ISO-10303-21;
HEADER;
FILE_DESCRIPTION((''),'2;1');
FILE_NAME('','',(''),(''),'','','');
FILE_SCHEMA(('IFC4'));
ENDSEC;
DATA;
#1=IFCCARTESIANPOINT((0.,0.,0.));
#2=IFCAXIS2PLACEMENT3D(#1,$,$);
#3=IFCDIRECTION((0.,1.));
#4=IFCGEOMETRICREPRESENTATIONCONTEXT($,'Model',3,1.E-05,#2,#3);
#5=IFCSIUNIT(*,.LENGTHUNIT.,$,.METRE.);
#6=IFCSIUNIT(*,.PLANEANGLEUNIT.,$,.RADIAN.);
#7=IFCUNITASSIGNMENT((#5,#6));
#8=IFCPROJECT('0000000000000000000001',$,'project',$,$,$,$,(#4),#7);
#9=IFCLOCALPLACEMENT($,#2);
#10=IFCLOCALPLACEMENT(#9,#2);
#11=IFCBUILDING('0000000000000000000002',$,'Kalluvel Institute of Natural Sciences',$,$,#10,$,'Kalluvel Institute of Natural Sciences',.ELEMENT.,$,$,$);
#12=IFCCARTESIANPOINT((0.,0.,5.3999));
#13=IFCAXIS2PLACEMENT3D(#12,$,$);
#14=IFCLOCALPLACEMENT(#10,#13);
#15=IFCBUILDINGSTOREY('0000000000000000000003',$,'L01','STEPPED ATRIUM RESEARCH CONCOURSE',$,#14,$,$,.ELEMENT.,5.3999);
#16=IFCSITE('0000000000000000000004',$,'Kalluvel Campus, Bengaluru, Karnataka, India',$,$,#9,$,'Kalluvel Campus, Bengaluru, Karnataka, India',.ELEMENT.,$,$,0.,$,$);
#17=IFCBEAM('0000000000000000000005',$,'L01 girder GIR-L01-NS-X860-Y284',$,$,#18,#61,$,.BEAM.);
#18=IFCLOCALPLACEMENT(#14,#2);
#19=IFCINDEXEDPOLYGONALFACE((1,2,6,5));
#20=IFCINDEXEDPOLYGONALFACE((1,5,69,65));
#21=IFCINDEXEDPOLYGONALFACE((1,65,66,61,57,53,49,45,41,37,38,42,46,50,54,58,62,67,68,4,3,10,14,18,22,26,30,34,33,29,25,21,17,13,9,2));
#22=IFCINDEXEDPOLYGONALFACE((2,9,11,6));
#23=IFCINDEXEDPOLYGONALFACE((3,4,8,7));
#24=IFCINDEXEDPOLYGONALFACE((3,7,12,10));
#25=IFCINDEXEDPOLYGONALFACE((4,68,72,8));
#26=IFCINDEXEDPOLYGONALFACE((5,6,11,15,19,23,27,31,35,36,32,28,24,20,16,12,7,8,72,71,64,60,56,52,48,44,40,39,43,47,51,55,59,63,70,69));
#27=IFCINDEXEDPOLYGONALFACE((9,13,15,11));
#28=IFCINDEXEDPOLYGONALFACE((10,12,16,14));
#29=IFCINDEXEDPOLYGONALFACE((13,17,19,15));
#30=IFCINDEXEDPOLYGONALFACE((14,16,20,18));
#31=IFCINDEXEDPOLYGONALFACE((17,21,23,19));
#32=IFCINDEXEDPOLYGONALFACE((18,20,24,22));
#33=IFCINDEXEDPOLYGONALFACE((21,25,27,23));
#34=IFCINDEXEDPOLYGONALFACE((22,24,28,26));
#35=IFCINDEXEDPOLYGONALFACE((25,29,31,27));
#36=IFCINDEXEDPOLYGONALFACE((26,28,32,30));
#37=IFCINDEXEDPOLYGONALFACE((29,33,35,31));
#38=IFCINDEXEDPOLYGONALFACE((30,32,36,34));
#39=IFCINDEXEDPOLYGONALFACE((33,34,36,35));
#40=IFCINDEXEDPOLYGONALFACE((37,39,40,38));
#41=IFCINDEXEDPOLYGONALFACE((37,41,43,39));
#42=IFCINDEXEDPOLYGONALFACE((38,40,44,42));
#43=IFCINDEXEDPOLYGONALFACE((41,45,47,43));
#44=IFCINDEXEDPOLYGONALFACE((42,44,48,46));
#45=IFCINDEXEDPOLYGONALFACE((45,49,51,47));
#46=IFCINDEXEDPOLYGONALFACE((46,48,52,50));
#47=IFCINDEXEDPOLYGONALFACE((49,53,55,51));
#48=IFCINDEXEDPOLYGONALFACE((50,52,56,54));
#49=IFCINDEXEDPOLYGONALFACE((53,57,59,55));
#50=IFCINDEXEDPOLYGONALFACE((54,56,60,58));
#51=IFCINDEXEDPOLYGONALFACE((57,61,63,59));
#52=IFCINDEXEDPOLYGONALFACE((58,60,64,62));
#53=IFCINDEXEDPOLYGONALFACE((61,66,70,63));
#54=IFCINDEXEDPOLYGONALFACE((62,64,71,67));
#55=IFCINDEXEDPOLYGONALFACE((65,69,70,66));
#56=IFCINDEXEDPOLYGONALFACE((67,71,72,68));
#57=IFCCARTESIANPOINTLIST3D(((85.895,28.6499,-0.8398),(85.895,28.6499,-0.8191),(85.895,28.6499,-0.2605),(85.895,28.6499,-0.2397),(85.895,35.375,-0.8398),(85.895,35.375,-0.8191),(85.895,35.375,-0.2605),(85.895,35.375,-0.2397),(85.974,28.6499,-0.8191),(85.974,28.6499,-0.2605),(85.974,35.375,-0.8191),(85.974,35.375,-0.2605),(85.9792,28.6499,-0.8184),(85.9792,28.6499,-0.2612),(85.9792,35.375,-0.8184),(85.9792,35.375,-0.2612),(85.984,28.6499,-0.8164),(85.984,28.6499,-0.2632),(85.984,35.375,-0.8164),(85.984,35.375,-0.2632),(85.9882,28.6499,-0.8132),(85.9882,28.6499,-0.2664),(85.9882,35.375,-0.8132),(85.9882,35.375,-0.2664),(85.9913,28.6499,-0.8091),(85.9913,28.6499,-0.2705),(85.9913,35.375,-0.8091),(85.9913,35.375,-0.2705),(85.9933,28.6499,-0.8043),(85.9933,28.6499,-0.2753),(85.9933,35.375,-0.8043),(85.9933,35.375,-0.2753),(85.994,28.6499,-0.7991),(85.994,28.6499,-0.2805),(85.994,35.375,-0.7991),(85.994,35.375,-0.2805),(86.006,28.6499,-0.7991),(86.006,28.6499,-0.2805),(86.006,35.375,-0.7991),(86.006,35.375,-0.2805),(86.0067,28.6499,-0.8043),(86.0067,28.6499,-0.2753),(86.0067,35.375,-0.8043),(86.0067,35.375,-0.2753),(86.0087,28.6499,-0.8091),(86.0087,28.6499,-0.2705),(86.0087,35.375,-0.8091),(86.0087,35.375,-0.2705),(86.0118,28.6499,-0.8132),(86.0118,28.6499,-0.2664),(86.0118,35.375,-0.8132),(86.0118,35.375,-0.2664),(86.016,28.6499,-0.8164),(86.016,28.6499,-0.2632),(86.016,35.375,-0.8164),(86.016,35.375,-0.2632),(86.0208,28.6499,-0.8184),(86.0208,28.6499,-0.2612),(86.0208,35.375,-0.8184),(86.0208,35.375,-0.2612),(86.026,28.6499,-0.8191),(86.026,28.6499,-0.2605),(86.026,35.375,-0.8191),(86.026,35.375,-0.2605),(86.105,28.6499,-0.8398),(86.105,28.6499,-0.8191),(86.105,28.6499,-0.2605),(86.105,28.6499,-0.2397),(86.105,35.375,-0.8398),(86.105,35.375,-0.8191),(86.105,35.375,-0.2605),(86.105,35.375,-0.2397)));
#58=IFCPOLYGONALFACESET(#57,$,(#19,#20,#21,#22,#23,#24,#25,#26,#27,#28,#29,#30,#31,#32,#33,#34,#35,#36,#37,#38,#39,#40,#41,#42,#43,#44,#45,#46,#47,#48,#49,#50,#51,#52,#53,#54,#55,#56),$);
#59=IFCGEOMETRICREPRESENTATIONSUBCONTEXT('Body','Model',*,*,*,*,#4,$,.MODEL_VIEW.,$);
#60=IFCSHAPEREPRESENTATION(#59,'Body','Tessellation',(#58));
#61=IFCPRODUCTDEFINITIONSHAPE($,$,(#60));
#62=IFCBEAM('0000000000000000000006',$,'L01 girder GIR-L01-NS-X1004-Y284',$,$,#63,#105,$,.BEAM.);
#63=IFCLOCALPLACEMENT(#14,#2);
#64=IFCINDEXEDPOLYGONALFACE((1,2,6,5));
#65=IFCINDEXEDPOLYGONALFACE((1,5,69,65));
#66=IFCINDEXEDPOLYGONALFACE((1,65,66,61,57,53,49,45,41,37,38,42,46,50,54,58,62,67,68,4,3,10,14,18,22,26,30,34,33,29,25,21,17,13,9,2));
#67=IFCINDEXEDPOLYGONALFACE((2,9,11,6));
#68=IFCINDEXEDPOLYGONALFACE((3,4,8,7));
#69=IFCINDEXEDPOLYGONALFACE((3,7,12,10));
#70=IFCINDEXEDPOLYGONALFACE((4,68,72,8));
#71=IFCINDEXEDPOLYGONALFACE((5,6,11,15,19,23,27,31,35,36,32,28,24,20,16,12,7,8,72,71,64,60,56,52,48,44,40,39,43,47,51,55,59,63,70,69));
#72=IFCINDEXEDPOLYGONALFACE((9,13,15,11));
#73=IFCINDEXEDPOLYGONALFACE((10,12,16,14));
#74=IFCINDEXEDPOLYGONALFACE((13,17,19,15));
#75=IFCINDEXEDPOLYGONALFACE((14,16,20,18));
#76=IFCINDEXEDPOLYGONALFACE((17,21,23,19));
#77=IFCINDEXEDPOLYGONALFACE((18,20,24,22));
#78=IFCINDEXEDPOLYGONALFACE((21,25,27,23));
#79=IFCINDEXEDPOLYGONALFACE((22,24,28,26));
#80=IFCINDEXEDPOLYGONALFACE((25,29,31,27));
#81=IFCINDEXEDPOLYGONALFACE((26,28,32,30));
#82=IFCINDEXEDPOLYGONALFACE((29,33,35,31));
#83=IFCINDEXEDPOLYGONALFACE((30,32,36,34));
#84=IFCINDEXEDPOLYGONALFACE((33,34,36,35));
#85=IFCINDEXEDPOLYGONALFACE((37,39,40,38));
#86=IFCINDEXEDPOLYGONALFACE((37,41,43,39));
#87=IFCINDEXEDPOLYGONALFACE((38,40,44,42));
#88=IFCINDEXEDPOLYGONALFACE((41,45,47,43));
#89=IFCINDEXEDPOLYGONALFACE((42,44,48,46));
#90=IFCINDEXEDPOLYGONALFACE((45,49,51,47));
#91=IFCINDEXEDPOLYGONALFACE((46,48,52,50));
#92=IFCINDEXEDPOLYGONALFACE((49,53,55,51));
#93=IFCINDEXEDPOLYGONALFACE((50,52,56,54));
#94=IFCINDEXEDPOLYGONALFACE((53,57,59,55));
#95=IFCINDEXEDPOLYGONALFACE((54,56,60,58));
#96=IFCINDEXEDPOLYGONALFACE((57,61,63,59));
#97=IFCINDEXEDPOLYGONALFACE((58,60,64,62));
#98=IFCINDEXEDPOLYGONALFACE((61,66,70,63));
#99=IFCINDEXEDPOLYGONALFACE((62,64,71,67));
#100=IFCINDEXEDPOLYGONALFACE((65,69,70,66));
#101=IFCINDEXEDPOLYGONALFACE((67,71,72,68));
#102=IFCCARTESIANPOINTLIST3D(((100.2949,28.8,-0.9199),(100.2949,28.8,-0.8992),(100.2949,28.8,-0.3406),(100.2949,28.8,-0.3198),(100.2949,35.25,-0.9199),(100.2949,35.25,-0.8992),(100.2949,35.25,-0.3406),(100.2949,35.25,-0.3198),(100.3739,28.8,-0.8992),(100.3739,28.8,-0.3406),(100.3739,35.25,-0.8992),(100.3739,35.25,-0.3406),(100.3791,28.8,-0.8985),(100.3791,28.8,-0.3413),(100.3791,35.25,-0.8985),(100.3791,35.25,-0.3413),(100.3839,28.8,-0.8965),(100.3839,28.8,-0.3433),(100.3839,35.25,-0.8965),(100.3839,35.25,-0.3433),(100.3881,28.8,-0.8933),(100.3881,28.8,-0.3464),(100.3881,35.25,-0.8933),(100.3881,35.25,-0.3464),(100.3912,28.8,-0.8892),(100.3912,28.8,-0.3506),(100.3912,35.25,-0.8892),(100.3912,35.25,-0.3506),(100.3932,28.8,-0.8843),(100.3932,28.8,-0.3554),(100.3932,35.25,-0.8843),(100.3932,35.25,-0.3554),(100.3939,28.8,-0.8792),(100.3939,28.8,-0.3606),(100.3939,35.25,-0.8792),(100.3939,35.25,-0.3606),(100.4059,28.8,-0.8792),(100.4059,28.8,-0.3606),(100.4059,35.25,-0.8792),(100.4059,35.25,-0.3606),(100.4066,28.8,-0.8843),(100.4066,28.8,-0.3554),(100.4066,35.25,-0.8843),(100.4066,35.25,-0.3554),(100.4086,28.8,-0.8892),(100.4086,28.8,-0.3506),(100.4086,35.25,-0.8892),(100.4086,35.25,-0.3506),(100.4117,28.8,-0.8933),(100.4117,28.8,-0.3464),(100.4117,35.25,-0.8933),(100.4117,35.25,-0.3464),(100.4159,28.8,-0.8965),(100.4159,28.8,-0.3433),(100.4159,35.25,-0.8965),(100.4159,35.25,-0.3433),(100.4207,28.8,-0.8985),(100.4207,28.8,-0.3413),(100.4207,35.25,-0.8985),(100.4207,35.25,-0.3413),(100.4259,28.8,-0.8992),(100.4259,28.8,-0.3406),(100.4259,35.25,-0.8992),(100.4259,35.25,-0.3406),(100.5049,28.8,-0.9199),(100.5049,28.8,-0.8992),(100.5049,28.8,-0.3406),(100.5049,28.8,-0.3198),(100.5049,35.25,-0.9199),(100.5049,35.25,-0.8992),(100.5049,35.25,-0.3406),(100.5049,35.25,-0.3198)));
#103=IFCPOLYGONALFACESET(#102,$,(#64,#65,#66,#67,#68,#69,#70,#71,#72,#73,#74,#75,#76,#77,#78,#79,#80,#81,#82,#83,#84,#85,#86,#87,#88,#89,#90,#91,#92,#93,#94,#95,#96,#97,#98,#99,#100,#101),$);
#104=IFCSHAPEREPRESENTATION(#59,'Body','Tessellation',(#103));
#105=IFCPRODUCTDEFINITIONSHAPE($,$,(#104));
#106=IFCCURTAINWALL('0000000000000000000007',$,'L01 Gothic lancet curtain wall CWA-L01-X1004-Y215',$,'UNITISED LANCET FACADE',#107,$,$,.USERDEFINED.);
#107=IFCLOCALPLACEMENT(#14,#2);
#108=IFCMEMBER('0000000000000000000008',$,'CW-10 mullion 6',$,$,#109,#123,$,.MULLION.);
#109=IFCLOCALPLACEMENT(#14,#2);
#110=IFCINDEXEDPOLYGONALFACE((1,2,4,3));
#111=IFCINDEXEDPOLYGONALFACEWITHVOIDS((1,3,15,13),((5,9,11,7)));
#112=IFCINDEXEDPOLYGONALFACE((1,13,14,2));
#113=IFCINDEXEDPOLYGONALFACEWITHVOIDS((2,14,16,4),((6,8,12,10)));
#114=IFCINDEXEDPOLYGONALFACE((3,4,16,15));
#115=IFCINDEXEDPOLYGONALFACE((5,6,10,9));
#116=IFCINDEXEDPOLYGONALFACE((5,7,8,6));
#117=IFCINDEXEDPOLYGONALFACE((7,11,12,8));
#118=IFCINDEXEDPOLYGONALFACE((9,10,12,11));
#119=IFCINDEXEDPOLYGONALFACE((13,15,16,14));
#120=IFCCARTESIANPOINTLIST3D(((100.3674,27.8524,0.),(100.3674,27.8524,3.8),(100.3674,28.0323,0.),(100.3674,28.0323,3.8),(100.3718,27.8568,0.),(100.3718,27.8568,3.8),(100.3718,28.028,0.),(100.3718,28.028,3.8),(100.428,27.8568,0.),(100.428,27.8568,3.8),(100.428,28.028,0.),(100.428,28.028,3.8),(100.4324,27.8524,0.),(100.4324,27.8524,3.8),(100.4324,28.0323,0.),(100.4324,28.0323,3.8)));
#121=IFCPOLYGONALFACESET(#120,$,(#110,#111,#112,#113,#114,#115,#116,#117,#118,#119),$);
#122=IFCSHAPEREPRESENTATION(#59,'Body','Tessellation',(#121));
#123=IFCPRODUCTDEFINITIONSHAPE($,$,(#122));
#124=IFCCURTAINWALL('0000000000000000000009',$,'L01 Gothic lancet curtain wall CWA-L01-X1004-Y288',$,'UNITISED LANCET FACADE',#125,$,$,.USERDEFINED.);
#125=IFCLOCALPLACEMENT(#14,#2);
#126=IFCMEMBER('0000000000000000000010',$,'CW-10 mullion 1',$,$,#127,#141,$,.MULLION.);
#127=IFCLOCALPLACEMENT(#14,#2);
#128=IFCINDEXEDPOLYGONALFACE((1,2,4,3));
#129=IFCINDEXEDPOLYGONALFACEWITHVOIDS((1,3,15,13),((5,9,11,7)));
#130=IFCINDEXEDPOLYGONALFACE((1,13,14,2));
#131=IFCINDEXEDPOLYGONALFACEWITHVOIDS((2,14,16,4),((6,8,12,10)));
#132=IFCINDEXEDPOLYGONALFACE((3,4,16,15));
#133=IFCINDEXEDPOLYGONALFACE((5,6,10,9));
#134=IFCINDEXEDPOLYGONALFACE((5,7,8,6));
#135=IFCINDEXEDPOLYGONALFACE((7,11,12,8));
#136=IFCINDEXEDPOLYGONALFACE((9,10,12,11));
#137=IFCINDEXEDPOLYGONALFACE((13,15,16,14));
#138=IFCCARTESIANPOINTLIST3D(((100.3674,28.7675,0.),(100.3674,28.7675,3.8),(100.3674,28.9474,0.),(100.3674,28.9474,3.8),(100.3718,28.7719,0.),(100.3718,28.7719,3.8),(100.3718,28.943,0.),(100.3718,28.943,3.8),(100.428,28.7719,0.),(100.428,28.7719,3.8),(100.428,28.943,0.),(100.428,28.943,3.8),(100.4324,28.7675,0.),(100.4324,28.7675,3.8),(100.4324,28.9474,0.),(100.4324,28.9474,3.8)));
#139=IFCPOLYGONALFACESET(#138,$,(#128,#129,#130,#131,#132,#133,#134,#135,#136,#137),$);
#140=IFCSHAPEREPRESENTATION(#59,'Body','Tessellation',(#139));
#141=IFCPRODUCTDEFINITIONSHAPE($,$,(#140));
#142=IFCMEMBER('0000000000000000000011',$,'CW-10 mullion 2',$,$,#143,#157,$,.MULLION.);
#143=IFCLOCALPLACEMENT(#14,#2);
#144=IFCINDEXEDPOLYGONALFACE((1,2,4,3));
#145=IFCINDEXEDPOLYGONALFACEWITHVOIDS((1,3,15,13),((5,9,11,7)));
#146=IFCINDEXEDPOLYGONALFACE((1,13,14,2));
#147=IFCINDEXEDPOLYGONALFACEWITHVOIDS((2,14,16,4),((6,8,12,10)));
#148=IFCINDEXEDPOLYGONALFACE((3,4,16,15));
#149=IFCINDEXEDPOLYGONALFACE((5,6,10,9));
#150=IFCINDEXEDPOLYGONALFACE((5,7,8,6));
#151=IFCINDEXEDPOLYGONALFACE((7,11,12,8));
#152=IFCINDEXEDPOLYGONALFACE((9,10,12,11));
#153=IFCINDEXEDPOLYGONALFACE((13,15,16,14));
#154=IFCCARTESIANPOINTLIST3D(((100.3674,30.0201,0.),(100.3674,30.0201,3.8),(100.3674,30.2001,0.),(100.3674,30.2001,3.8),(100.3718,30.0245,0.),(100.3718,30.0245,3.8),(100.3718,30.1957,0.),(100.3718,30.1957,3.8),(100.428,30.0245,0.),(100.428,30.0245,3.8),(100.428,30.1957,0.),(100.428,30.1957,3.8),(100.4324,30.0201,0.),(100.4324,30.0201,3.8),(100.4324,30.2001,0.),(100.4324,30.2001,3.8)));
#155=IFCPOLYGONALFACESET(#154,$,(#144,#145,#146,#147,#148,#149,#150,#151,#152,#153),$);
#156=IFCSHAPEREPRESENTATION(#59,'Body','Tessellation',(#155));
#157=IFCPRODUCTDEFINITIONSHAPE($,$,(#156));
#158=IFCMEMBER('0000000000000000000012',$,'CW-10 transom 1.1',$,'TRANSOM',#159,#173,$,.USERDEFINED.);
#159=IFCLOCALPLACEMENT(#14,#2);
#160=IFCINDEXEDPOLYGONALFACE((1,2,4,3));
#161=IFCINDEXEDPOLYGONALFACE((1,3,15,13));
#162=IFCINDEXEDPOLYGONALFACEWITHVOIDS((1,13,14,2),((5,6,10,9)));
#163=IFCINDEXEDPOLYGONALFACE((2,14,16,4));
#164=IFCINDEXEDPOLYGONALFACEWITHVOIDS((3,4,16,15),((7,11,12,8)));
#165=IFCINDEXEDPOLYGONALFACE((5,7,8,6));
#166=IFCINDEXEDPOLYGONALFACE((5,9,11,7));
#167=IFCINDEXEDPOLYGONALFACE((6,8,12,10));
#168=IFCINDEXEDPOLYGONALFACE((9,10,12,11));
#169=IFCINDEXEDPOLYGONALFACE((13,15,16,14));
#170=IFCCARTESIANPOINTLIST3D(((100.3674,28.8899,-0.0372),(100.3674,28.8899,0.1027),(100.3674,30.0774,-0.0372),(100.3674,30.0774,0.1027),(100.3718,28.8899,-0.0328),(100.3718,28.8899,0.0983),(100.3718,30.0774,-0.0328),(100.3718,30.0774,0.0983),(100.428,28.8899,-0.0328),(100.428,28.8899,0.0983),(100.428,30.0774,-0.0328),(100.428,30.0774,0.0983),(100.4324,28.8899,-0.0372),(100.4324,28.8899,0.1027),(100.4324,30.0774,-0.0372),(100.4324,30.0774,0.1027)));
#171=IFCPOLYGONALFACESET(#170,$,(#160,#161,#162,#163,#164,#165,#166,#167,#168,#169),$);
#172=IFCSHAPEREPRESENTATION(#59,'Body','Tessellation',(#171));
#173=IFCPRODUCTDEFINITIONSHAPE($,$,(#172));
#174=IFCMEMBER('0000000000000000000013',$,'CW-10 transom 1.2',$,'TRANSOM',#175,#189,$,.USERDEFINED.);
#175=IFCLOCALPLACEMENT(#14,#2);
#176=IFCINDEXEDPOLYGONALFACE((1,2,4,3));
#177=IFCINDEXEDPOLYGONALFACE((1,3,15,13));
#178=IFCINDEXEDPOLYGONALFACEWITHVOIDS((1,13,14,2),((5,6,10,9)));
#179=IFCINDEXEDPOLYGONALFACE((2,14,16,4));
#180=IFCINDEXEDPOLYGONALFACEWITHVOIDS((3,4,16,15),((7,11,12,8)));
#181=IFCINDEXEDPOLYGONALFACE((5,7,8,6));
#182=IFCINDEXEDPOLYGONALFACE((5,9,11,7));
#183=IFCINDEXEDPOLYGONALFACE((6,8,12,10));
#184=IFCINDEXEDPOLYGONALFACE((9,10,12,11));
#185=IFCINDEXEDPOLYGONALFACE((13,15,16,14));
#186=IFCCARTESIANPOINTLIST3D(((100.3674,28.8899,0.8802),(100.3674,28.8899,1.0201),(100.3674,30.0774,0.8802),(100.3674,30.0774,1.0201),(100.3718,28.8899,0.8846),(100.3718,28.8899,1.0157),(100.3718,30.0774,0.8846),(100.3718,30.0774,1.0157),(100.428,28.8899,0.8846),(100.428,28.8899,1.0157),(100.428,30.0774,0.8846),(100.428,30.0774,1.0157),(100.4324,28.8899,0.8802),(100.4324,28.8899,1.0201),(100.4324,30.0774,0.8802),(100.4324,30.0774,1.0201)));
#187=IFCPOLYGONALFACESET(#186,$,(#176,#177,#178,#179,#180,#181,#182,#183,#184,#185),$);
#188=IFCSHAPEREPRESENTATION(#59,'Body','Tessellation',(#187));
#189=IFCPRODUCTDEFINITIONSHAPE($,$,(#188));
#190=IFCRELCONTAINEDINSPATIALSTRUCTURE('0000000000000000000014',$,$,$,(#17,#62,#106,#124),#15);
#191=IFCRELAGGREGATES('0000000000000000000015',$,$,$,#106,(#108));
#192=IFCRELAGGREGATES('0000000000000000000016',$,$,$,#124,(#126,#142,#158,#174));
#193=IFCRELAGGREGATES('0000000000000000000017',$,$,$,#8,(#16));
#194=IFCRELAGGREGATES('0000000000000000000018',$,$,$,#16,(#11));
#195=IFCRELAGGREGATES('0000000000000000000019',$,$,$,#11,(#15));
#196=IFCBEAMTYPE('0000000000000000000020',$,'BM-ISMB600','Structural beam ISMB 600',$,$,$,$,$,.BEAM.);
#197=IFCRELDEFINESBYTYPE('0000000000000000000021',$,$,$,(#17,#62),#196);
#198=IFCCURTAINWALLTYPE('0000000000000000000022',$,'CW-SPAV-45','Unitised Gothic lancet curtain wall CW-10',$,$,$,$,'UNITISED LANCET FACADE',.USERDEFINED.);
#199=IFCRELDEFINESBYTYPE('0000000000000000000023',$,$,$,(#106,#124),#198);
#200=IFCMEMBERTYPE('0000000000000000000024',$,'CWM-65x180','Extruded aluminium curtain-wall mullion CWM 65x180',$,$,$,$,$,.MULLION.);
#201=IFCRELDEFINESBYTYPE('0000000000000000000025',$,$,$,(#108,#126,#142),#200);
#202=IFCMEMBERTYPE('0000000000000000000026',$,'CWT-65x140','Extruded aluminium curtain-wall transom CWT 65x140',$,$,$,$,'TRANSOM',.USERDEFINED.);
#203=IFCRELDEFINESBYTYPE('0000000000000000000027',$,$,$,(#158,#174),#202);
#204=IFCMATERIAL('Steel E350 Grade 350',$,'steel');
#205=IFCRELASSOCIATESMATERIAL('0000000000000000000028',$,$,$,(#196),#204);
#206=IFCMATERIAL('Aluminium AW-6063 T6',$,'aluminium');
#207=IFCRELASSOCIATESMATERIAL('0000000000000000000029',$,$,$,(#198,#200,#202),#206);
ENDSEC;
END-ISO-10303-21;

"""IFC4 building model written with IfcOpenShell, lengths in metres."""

from ifc_helpers import new_model, si_unit, direction, frame, origin, origin_2d, place, context, subcontext, project, spatial, hollow_rectangle, i_section, extrude, material, material_profile, profile_set, type_object, element, aggregate, save


model = new_model("IFC4")

# Units and contexts
model_context = context("Model", 3, precision=1e-05, world=origin(), true_north=direction((0.0, 1.0)))
body_context = subcontext(model_context, "Body", "Model", "MODEL_VIEW")
ifc_project = project(units=[si_unit("LENGTHUNIT", "METRE"), si_unit("PLANEANGLEUNIT", "RADIAN")], contexts=[model_context])

# Site, building, storey
site_placement = place(None, origin())
site = spatial("IfcSite", under=ifc_project, at=site_placement, Name="Kalluvel Campus, Bengaluru, Karnataka, India", LongName="Kalluvel Campus, Bengaluru, Karnataka, India", CompositionType="ELEMENT", RefElevation=0.0)
building_placement = place(site_placement, origin())
building = spatial("IfcBuilding", under=site, at=building_placement, Name="Kalluvel Institute of Natural Sciences", LongName="Kalluvel Institute of Natural Sciences", CompositionType="ELEMENT")
storey_placement = place(building_placement, frame((0.0, 0.0, 5.3999)))
storey = spatial("IfcBuildingStorey", under=building, at=storey_placement, Name="L01", Description="STEPPED ATRIUM RESEARCH CONCOURSE", CompositionType="ELEMENT", Elevation=5.3999)

# Shared definitions
ifc_material_1 = material(Name="Steel E350 Grade 350", Category="steel")

# Beams
ifc_material_profile_1 = material_profile(ifc_material_1, i_section(OverallWidth=0.21, OverallDepth=0.6001, WebThickness=0.012, FlangeThickness=0.0208, FilletRadius=0.02, at=origin_2d()), Name="ISMB 600")
ifc_profile_set_1 = profile_set([ifc_material_profile_1], Name="Steel E350 Grade 350")
beam_type_1 = type_object("IfcBeamType", Name="BM-ISMB600", Description="Structural beam ISMB 600", PredefinedType="BEAM", material=ifc_profile_set_1)
beam_1_placement = place(storey_placement, frame((86.0, 28.6499, -0.5398), z_axis=(0.0, 1.0, 0.0), x_axis=(-1.0, 0.0, 0.0)))
element("IfcBeam", 1, at=beam_1_placement, inside=storey, type_object=beam_type_1, Name="L01 girder GIR-L01-NS-X860-Y284", PredefinedType="BEAM", context=body_context, shape_type="SweptSolid", body=[
    extrude(i_section(OverallWidth=0.21, OverallDepth=0.6001, WebThickness=0.012, FlangeThickness=0.0208, FilletRadius=0.02, at=origin_2d()), origin(), (0.0, 0.0, 1.0), 6.7251),
])
beam_2_placement = place(storey_placement, frame((100.3999, 28.8, -0.6199), z_axis=(0.0, 1.0, 0.0), x_axis=(-1.0, 0.0, 0.0)))
element("IfcBeam", 2, at=beam_2_placement, inside=storey, type_object=beam_type_1, Name="L01 girder GIR-L01-NS-X1004-Y284", PredefinedType="BEAM", context=body_context, shape_type="SweptSolid", body=[
    extrude(i_section(OverallWidth=0.21, OverallDepth=0.6001, WebThickness=0.012, FlangeThickness=0.0208, FilletRadius=0.02, at=origin_2d()), origin(), (0.0, 0.0, 1.0), 6.45),
])

# Curtain wall, member
ifc_material_2 = material(Name="Aluminium AW-6063 T6", Category="aluminium")
curtain_wall_type = type_object("IfcCurtainWallType", Name="CW-SPAV-45", Description="Unitised Gothic lancet curtain wall CW-10", ElementType="UNITISED LANCET FACADE", PredefinedType="USERDEFINED", material=ifc_material_2)
curtain_wall_1_placement = place(storey_placement, origin())
curtain_wall_1 = element("IfcCurtainWall", 3, at=curtain_wall_1_placement, inside=storey, type_object=curtain_wall_type, Name="L01 Gothic lancet curtain wall CWA-L01-X1004-Y215", ObjectType="UNITISED LANCET FACADE", PredefinedType="USERDEFINED")
ifc_material_profile_2 = material_profile(ifc_material_2, hollow_rectangle(XDim=0.0649, YDim=0.1799, WallThickness=0.0044, at=origin_2d()), Name="CWM 65x180")
ifc_profile_set_2 = profile_set([ifc_material_profile_2], Name="Aluminium AW-6063 T6")
member_type_1 = type_object("IfcMemberType", Name="CWM-65x180", Description="Extruded aluminium curtain-wall mullion CWM 65x180", PredefinedType="MULLION", material=ifc_profile_set_2)
member_1_placement = place(storey_placement, frame((100.3999, 27.9424, 0.0), z_axis=(0.0, 0.0, 1.0), x_axis=(-1.0, 0.0, 0.0)))
member_1 = element("IfcMember", 4, at=member_1_placement, type_object=member_type_1, Name="CW-10 mullion 6", PredefinedType="MULLION", context=body_context, shape_type="SweptSolid", body=[
    extrude(hollow_rectangle(XDim=0.0649, YDim=0.1799, WallThickness=0.0044, at=origin_2d()), origin(), (0.0, 0.0, 1.0), 3.8),
])

# Curtain wall, members
curtain_wall_2_placement = place(storey_placement, origin())
curtain_wall_2 = element("IfcCurtainWall", 5, at=curtain_wall_2_placement, inside=storey, type_object=curtain_wall_type, Name="L01 Gothic lancet curtain wall CWA-L01-X1004-Y288", ObjectType="UNITISED LANCET FACADE", PredefinedType="USERDEFINED")
member_2_placement = place(storey_placement, frame((100.3999, 28.8574, 0.0), z_axis=(0.0, 0.0, 1.0), x_axis=(-1.0, 0.0, 0.0)))
member_2 = element("IfcMember", 6, at=member_2_placement, type_object=member_type_1, Name="CW-10 mullion 1", PredefinedType="MULLION", context=body_context, shape_type="SweptSolid", body=[
    extrude(hollow_rectangle(XDim=0.0649, YDim=0.1799, WallThickness=0.0044, at=origin_2d()), origin(), (0.0, 0.0, 1.0), 3.8),
])
member_3_placement = place(storey_placement, frame((100.3999, 30.1101, 0.0), z_axis=(0.0, 0.0, 1.0), x_axis=(-1.0, 0.0, 0.0)))
member_3 = element("IfcMember", 7, at=member_3_placement, type_object=member_type_1, Name="CW-10 mullion 2", PredefinedType="MULLION", context=body_context, shape_type="SweptSolid", body=[
    extrude(hollow_rectangle(XDim=0.0649, YDim=0.1799, WallThickness=0.0044, at=origin_2d()), origin(), (0.0, 0.0, 1.0), 3.8),
])
ifc_material_profile_3 = material_profile(ifc_material_2, hollow_rectangle(XDim=0.0649, YDim=0.1399, WallThickness=0.0044, at=origin_2d()), Name="CWT 65x140")
ifc_profile_set_3 = profile_set([ifc_material_profile_3], Name="Aluminium AW-6063 T6")
member_type_2 = type_object("IfcMemberType", Name="CWT-65x140", Description="Extruded aluminium curtain-wall transom CWT 65x140", ElementType="TRANSOM", PredefinedType="USERDEFINED", material=ifc_profile_set_3)
member_4_placement = place(storey_placement, frame((100.3999, 28.8899, 0.0327), z_axis=(0.0, 1.0, 0.0), x_axis=(-1.0, 0.0, 0.0)))
member_4 = element("IfcMember", 8, at=member_4_placement, type_object=member_type_2, Name="CW-10 transom 1.1", ObjectType="TRANSOM", PredefinedType="USERDEFINED", context=body_context, shape_type="SweptSolid", body=[
    extrude(hollow_rectangle(XDim=0.0649, YDim=0.1399, WallThickness=0.0044, at=origin_2d()), origin(), (0.0, 0.0, 1.0), 1.1875),
])
member_5_placement = place(storey_placement, frame((100.3999, 28.8899, 0.9502), z_axis=(0.0, 1.0, 0.0), x_axis=(-1.0, 0.0, 0.0)))
member_5 = element("IfcMember", 9, at=member_5_placement, type_object=member_type_2, Name="CW-10 transom 1.2", ObjectType="TRANSOM", PredefinedType="USERDEFINED", context=body_context, shape_type="SweptSolid", body=[
    extrude(hollow_rectangle(XDim=0.0649, YDim=0.1399, WallThickness=0.0044, at=origin_2d()), origin(), (0.0, 0.0, 1.0), 1.1875),
])

aggregate(curtain_wall_1, [member_1])
aggregate(curtain_wall_2, [member_2, member_3, member_4, member_5])

save(model, "model.ifc")
